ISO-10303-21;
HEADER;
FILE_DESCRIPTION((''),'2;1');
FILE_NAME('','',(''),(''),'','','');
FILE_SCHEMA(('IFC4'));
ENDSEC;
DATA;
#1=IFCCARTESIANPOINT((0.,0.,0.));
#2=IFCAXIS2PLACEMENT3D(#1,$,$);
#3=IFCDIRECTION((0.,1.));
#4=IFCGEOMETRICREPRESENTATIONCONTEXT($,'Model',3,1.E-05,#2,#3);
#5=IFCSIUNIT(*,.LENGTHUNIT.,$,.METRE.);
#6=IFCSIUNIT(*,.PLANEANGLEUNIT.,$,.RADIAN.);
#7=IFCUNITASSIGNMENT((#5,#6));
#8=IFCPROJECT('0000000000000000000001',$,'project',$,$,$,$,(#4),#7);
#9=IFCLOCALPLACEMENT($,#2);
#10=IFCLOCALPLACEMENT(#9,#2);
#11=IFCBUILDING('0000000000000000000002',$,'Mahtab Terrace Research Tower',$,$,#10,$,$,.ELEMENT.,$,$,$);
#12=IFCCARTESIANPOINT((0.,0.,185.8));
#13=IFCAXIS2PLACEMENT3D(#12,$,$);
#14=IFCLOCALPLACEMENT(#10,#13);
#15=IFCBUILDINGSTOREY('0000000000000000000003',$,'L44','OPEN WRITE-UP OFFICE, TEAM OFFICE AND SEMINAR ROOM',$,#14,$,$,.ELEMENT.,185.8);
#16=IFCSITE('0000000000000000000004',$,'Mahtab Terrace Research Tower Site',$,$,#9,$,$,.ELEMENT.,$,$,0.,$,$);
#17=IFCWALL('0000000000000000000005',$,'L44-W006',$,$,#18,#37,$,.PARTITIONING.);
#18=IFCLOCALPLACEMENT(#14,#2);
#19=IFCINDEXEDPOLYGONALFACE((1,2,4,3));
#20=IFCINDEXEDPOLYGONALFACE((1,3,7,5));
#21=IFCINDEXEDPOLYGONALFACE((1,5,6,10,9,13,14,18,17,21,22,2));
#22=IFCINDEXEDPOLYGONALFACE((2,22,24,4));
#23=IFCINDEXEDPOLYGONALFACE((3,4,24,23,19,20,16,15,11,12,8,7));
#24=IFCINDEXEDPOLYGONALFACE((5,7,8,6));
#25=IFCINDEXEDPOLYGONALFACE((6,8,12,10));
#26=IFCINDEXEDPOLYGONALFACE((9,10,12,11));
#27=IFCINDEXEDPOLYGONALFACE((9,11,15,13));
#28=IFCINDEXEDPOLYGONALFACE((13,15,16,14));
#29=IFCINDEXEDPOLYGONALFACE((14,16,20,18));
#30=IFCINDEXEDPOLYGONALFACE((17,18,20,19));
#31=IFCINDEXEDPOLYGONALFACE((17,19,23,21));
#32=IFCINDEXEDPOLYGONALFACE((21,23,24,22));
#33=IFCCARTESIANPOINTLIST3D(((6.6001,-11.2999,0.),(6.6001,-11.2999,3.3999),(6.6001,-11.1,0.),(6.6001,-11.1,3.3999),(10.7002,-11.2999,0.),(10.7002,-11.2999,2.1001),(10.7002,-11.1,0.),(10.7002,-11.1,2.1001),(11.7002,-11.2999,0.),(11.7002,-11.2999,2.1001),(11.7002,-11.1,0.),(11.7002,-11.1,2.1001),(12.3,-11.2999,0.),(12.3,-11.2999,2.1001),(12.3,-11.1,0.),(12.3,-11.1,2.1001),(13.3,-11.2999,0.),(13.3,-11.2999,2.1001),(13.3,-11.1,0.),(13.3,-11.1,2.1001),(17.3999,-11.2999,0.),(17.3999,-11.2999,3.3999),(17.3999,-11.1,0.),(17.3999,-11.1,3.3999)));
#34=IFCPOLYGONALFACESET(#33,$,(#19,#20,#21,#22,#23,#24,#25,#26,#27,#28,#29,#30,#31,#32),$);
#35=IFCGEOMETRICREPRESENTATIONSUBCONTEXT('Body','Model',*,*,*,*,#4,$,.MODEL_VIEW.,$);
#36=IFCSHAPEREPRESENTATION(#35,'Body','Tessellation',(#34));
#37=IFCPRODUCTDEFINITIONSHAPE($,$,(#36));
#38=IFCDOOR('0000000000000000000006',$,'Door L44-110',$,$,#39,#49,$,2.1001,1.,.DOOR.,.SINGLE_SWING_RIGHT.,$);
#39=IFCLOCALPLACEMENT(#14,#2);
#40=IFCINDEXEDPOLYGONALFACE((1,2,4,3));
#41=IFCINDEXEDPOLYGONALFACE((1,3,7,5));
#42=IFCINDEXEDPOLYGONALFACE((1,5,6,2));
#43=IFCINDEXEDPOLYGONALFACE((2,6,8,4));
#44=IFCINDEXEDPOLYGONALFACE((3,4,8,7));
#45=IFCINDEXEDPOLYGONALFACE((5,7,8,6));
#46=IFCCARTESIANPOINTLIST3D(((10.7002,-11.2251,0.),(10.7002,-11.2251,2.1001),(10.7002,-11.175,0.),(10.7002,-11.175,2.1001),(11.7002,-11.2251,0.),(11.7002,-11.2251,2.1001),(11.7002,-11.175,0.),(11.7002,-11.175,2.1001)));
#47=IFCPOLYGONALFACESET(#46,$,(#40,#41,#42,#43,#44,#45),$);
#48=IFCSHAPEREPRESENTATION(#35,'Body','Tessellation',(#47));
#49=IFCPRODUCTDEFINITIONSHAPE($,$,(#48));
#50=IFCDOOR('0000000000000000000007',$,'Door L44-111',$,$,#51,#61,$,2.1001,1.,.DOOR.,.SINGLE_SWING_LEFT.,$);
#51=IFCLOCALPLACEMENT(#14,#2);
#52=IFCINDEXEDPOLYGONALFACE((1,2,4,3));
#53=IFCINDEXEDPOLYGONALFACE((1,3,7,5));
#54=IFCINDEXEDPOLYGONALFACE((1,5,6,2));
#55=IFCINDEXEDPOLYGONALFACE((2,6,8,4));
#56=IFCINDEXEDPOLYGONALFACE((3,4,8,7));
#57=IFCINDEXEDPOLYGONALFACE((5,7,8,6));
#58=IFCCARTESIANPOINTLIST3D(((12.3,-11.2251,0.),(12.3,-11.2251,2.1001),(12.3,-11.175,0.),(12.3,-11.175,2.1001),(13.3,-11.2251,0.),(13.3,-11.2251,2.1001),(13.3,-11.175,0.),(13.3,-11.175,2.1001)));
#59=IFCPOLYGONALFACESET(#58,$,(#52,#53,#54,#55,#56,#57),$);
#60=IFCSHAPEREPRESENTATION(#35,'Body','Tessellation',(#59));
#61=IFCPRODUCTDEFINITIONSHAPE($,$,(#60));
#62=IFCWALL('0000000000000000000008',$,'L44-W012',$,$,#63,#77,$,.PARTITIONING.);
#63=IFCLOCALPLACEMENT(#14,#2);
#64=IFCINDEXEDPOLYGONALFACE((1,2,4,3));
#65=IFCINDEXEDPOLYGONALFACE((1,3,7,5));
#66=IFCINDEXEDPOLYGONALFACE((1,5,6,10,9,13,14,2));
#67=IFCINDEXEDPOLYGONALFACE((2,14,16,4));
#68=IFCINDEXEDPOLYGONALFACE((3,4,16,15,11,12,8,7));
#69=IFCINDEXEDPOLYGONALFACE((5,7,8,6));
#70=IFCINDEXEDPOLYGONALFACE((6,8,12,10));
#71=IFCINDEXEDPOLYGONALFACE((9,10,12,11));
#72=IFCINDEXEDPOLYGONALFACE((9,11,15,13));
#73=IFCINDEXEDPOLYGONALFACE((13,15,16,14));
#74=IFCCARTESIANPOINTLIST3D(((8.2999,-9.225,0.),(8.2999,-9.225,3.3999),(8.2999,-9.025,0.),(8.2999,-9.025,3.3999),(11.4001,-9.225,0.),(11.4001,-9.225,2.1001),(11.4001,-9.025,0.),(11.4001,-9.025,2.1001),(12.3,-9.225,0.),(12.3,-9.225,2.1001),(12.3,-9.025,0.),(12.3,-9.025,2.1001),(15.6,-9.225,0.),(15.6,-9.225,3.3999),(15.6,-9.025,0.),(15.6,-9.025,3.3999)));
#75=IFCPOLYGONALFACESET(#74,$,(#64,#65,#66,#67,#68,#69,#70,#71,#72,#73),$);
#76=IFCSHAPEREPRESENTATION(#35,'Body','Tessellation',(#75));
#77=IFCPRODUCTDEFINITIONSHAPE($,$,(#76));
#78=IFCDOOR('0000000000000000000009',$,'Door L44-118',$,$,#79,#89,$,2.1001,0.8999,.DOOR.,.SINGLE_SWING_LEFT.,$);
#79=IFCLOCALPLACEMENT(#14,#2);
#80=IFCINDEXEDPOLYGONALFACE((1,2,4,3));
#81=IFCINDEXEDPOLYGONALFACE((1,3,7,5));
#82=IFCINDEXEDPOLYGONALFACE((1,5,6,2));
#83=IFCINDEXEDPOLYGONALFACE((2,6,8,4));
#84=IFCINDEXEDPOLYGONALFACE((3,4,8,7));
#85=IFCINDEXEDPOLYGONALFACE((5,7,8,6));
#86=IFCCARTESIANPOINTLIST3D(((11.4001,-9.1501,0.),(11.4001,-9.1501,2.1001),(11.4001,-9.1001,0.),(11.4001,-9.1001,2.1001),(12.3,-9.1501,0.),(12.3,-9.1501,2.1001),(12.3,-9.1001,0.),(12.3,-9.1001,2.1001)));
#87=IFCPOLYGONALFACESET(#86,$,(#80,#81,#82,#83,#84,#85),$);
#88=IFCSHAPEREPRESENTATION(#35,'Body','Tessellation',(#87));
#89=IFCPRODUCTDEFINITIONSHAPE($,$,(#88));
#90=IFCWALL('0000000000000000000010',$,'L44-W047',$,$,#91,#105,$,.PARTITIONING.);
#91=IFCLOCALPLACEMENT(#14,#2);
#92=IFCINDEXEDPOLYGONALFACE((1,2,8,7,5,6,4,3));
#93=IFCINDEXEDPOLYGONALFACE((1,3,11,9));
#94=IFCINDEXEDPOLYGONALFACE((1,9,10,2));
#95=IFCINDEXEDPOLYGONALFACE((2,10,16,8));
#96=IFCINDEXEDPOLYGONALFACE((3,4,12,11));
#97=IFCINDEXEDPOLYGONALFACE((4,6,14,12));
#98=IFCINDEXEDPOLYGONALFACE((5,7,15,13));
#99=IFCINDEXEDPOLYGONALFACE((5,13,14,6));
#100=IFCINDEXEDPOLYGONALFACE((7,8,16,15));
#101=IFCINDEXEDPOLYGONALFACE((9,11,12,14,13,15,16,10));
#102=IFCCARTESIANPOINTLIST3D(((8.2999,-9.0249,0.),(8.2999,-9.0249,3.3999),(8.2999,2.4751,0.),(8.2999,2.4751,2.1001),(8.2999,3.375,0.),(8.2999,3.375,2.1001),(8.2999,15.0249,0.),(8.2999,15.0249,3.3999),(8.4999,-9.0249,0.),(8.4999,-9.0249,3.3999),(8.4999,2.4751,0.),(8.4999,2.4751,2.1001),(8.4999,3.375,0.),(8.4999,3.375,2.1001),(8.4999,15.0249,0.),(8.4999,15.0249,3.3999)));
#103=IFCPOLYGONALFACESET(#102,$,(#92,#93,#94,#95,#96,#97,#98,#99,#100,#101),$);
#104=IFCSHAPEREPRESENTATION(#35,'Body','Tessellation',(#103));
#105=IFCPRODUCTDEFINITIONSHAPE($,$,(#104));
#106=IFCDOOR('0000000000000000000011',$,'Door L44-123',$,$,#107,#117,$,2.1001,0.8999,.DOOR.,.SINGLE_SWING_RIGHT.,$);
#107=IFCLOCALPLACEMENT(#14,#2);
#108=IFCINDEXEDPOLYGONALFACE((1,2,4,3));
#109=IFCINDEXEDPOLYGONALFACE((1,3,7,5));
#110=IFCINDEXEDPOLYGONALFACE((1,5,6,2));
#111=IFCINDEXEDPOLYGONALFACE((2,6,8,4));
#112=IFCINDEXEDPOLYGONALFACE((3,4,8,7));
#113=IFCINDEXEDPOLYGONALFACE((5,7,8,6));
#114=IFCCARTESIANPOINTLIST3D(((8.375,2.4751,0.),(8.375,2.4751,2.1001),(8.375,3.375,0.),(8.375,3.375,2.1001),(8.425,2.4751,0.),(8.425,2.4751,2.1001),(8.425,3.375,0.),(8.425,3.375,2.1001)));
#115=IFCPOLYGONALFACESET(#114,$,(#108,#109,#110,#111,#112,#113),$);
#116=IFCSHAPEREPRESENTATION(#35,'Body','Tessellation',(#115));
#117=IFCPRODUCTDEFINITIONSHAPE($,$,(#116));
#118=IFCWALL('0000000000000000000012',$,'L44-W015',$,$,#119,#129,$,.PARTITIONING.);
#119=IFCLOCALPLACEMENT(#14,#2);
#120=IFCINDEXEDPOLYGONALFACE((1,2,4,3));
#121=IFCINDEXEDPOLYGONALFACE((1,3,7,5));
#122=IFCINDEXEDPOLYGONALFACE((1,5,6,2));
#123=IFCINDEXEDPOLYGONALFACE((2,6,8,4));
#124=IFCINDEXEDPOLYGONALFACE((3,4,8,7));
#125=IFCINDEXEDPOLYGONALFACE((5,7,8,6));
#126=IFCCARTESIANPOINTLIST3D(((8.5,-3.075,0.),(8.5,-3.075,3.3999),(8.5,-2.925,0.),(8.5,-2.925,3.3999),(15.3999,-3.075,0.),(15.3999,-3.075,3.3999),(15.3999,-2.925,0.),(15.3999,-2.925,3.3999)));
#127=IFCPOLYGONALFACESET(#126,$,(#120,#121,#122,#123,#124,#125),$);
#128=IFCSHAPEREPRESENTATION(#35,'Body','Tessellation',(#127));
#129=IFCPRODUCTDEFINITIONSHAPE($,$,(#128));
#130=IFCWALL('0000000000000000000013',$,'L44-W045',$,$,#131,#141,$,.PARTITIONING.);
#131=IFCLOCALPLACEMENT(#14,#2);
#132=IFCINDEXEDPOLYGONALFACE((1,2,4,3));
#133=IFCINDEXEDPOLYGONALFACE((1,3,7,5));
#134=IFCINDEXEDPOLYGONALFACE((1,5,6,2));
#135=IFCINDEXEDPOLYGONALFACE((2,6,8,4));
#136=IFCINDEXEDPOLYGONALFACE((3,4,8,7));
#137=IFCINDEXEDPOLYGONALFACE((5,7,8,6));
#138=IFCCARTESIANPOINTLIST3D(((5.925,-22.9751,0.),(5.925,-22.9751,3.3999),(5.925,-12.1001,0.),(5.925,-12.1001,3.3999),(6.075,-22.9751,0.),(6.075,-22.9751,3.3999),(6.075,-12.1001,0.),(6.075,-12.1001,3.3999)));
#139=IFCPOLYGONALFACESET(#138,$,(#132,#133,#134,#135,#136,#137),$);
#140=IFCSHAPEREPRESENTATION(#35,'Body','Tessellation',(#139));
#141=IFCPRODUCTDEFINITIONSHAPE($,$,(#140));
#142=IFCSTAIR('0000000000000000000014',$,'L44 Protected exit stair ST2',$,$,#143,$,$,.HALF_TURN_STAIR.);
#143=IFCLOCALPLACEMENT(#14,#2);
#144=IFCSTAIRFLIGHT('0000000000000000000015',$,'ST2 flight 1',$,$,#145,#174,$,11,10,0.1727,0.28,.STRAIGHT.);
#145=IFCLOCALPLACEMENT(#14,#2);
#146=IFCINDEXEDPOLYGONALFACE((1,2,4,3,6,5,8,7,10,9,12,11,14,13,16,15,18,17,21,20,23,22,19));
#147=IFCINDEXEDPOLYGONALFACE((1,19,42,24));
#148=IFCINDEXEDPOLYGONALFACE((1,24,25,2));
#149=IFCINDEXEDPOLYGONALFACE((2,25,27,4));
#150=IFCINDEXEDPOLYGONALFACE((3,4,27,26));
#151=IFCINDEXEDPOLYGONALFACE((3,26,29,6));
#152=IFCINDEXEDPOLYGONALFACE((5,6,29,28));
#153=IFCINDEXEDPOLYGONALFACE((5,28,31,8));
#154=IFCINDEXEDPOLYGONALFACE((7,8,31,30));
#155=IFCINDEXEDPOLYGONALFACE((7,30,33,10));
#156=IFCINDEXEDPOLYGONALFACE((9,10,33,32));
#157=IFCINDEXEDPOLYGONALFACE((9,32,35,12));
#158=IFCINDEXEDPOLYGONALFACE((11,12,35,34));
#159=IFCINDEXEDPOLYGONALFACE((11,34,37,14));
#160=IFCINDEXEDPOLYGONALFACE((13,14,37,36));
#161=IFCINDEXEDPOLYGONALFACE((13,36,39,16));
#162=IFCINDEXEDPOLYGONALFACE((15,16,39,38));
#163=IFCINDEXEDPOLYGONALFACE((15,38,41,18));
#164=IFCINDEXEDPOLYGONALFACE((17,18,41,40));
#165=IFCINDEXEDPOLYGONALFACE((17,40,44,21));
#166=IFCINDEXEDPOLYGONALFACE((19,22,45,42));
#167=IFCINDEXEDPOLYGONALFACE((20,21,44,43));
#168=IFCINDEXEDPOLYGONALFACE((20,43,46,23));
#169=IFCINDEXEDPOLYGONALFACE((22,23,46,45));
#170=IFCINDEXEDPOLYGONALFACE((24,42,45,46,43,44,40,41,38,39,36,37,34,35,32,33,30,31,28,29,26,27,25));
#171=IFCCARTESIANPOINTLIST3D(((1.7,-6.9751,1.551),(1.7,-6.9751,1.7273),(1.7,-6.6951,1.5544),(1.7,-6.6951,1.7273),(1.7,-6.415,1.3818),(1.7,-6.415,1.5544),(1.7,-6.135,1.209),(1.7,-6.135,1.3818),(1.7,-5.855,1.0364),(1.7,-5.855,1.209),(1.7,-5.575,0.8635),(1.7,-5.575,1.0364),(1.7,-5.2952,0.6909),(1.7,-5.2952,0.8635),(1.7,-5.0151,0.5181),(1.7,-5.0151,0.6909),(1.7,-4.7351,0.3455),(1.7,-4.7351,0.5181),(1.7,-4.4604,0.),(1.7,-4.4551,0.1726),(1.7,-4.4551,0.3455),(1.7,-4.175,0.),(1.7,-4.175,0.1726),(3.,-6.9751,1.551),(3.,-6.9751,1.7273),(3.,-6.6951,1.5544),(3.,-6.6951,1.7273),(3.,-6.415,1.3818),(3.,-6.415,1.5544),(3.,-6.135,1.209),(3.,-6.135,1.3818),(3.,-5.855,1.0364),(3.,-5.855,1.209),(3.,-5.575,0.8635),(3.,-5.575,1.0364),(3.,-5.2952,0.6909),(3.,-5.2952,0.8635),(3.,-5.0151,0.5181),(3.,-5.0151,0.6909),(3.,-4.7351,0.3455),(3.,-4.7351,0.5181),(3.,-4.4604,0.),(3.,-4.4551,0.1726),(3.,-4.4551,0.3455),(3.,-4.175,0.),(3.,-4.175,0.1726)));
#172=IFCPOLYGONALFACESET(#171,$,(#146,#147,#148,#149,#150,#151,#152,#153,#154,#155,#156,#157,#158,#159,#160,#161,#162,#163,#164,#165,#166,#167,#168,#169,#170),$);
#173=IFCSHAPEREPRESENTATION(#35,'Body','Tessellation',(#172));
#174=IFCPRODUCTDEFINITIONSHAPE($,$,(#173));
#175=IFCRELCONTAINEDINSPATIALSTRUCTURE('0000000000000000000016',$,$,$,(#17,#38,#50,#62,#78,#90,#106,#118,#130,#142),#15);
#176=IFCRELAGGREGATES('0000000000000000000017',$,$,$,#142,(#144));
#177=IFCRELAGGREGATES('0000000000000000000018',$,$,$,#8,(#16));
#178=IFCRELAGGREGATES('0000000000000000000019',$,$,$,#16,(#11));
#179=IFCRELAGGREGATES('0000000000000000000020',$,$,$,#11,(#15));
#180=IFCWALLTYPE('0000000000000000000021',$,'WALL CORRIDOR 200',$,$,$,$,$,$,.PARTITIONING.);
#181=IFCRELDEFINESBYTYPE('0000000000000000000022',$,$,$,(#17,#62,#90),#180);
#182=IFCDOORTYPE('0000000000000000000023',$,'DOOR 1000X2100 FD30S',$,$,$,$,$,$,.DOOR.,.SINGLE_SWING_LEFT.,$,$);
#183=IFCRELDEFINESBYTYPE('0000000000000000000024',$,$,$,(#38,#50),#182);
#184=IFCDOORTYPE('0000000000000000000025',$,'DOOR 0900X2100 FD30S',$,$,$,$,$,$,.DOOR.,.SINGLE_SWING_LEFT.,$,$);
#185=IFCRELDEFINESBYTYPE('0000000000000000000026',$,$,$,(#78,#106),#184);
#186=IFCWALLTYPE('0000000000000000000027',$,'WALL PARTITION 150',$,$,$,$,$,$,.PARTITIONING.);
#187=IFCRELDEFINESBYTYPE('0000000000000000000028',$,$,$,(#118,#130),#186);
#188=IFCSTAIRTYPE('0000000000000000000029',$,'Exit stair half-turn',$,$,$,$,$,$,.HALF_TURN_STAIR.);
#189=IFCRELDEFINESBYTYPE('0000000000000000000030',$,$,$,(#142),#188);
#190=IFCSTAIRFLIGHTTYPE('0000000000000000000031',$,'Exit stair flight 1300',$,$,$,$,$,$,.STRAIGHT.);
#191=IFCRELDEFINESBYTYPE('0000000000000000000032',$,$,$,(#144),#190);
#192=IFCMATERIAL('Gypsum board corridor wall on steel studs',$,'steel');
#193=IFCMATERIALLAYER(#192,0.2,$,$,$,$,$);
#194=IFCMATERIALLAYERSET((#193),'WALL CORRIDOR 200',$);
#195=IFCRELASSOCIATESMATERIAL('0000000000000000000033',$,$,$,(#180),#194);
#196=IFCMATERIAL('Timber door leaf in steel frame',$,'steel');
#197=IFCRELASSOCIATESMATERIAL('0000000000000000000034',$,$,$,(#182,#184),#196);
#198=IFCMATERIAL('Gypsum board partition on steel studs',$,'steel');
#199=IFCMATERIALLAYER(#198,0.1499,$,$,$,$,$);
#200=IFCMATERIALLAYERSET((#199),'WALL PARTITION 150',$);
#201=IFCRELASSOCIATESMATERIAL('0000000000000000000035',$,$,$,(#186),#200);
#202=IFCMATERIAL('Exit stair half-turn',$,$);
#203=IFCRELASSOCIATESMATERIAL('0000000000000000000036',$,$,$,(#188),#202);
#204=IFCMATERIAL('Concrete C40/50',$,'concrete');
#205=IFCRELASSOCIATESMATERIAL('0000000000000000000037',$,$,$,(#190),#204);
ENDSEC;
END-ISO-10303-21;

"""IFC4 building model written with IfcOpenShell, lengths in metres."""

from ifc_helpers import new_model, si_unit, direction, frame, frame_2d, origin, place, context, subcontext, project, spatial, polyline, rectangle, outline, extrude, material, layer, layer_set, type_object, element, fill, aggregate, save


model = new_model("IFC4")

# Units and contexts
model_context = context("Model", 3, precision=1e-05, world=origin(), true_north=direction((0.0, 1.0)))
body_context = subcontext(model_context, "Body", "Model", "MODEL_VIEW")
ifc_project = project(units=[si_unit("LENGTHUNIT", "METRE"), si_unit("PLANEANGLEUNIT", "RADIAN")], contexts=[model_context])

# Site, building, storey
site_placement = place(None, origin())
site = spatial("IfcSite", under=ifc_project, at=site_placement, Name="Mahtab Terrace Research Tower Site", CompositionType="ELEMENT", RefElevation=0.0)
building_placement = place(site_placement, origin())
building = spatial("IfcBuilding", under=site, at=building_placement, Name="Mahtab Terrace Research Tower", CompositionType="ELEMENT")
storey_placement = place(building_placement, frame((0.0, 0.0, 185.8)))
storey = spatial("IfcBuildingStorey", under=building, at=storey_placement, Name="L44", Description="OPEN WRITE-UP OFFICE, TEAM OFFICE AND SEMINAR ROOM", CompositionType="ELEMENT", Elevation=185.8)

# Wall, openings, doors
ifc_material_1 = material(Name="Gypsum board corridor wall on steel studs", Category="steel")
ifc_layer_1 = layer(ifc_material_1, 0.2)
ifc_layer_set_1 = layer_set([ifc_layer_1], Name="WALL CORRIDOR 200")
wall_type_1 = type_object("IfcWallType", Name="WALL CORRIDOR 200", PredefinedType="PARTITIONING", material=ifc_layer_set_1)
wall_1_placement = place(storey_placement, frame((6.6001, -11.2, 0.0), z_axis=(0.0, 0.0, 1.0), x_axis=(1.0, 0.0, 0.0)))
wall_1 = element("IfcWall", 1, at=wall_1_placement, inside=storey, type_object=wall_type_1, Name="L44-W006", PredefinedType="PARTITIONING", context=body_context, shape_type="SweptSolid", body=[
    extrude(rectangle(XDim=10.7998, YDim=0.2, at=frame_2d((5.3999, 0.0))), origin(), (0.0, 0.0, 1.0), 3.3999),
])
opening_1_placement = place(wall_1_placement, frame((4.1001, 0.0, 0.0)))
opening_1 = element("IfcOpeningElement", 2, at=opening_1_placement, cuts=wall_1, PredefinedType="OPENING", context=body_context, shape_type="SweptSolid", body=[
    extrude(rectangle(XDim=1.0, YDim=2.1001, at=frame_2d((0.5, 1.05))), frame((0.0, 0.1099, 0.0), z_axis=(0.0, -1.0, 0.0), x_axis=(1.0, 0.0, 0.0)), (0.0, 0.0, 1.0), 0.22),
])
opening_2_placement = place(wall_1_placement, frame((5.7, 0.0, 0.0)))
opening_2 = element("IfcOpeningElement", 3, at=opening_2_placement, cuts=wall_1, PredefinedType="OPENING", context=body_context, shape_type="SweptSolid", body=[
    extrude(rectangle(XDim=1.0, YDim=2.1001, at=frame_2d((0.5, 1.05))), frame((0.0, 0.1099, 0.0), z_axis=(0.0, -1.0, 0.0), x_axis=(1.0, 0.0, 0.0)), (0.0, 0.0, 1.0), 0.22),
])
ifc_material_2 = material(Name="Timber door leaf in steel frame", Category="steel")
door_type_1 = type_object("IfcDoorType", Name="DOOR 1000X2100 FD30S", OperationType="SINGLE_SWING_LEFT", PredefinedType="DOOR", material=ifc_material_2)
door_1_placement = place(opening_1_placement, origin())
door_1 = element("IfcDoor", 4, at=door_1_placement, inside=storey, type_object=door_type_1, Name="Door L44-110", OperationType="SINGLE_SWING_RIGHT", OverallHeight=2.1001, OverallWidth=1.0, PredefinedType="DOOR", context=body_context, shape_type="SweptSolid", body=[
    extrude(rectangle(XDim=1.0, YDim=2.1001, at=frame_2d((0.5, 1.05))), frame((0.0, 0.0249, 0.0), z_axis=(0.0, -1.0, 0.0), x_axis=(1.0, 0.0, 0.0)), (0.0, 0.0, 1.0), 0.05),
])
fill(opening_1, door_1)
door_2_placement = place(opening_2_placement, origin())
door_2 = element("IfcDoor", 5, at=door_2_placement, inside=storey, type_object=door_type_1, Name="Door L44-111", OperationType="SINGLE_SWING_LEFT", OverallHeight=2.1001, OverallWidth=1.0, PredefinedType="DOOR", context=body_context, shape_type="SweptSolid", body=[
    extrude(rectangle(XDim=1.0, YDim=2.1001, at=frame_2d((0.5, 1.05))), frame((0.0, 0.0249, 0.0), z_axis=(0.0, -1.0, 0.0), x_axis=(1.0, 0.0, 0.0)), (0.0, 0.0, 1.0), 0.05),
])
fill(opening_2, door_2)

# Walls, openings, doors
wall_2_placement = place(storey_placement, frame((8.3, -9.125, 0.0), z_axis=(0.0, 0.0, 1.0), x_axis=(1.0, 0.0, 0.0)))
wall_2 = element("IfcWall", 6, at=wall_2_placement, inside=storey, type_object=wall_type_1, Name="L44-W012", PredefinedType="PARTITIONING", context=body_context, shape_type="SweptSolid", body=[
    extrude(rectangle(XDim=7.3, YDim=0.2, at=frame_2d((3.6499, 0.0))), origin(), (0.0, 0.0, 1.0), 3.3999),
])
opening_3_placement = place(wall_2_placement, frame((3.1001, 0.0, 0.0)))
opening_3 = element("IfcOpeningElement", 7, at=opening_3_placement, cuts=wall_2, PredefinedType="OPENING", context=body_context, shape_type="SweptSolid", body=[
    extrude(rectangle(XDim=0.8999, YDim=2.1001, at=frame_2d((0.45, 1.05))), frame((0.0, 0.1099, 0.0), z_axis=(0.0, -1.0, 0.0), x_axis=(1.0, 0.0, 0.0)), (0.0, 0.0, 1.0), 0.22),
])
door_type_2 = type_object("IfcDoorType", Name="DOOR 0900X2100 FD30S", OperationType="SINGLE_SWING_LEFT", PredefinedType="DOOR", material=ifc_material_2)
door_3_placement = place(opening_3_placement, origin())
door_3 = element("IfcDoor", 8, at=door_3_placement, inside=storey, type_object=door_type_2, Name="Door L44-118", OperationType="SINGLE_SWING_LEFT", OverallHeight=2.1001, OverallWidth=0.8999, PredefinedType="DOOR", context=body_context, shape_type="SweptSolid", body=[
    extrude(rectangle(XDim=0.8999, YDim=2.1001, at=frame_2d((0.45, 1.05))), frame((0.0, 0.0249, 0.0), z_axis=(0.0, -1.0, 0.0), x_axis=(1.0, 0.0, 0.0)), (0.0, 0.0, 1.0), 0.05),
])
fill(opening_3, door_3)
wall_3_placement = place(storey_placement, frame((8.3999, -9.0249, 0.0), z_axis=(0.0, 0.0, 1.0), x_axis=(0.0, 1.0, 0.0)))
wall_3 = element("IfcWall", 9, at=wall_3_placement, inside=storey, type_object=wall_type_1, Name="L44-W047", PredefinedType="PARTITIONING", context=body_context, shape_type="SweptSolid", body=[
    extrude(rectangle(XDim=24.0498, YDim=0.2, at=frame_2d((12.0249, 0.0))), origin(), (0.0, 0.0, 1.0), 3.3999),
])
opening_4_placement = place(wall_3_placement, frame((11.5, 0.0, 0.0)))
opening_4 = element("IfcOpeningElement", 10, at=opening_4_placement, cuts=wall_3, PredefinedType="OPENING", context=body_context, shape_type="SweptSolid", body=[
    extrude(rectangle(XDim=0.8999, YDim=2.1001, at=frame_2d((0.45, 1.05))), frame((0.0, 0.1099, 0.0), z_axis=(0.0, -1.0, 0.0), x_axis=(1.0, 0.0, 0.0)), (0.0, 0.0, 1.0), 0.22),
])
door_4_placement = place(opening_4_placement, origin())
door_4 = element("IfcDoor", 11, at=door_4_placement, inside=storey, type_object=door_type_2, Name="Door L44-123", OperationType="SINGLE_SWING_RIGHT", OverallHeight=2.1001, OverallWidth=0.8999, PredefinedType="DOOR", context=body_context, shape_type="SweptSolid", body=[
    extrude(rectangle(XDim=0.8999, YDim=2.1001, at=frame_2d((0.45, 1.05))), frame((0.0, 0.0249, 0.0), z_axis=(0.0, -1.0, 0.0), x_axis=(1.0, 0.0, 0.0)), (0.0, 0.0, 1.0), 0.05),
])
fill(opening_4, door_4)

# Walls
ifc_material_3 = material(Name="Gypsum board partition on steel studs", Category="steel")
ifc_layer_2 = layer(ifc_material_3, 0.1499)
ifc_layer_set_2 = layer_set([ifc_layer_2], Name="WALL PARTITION 150")
wall_type_2 = type_object("IfcWallType", Name="WALL PARTITION 150", PredefinedType="PARTITIONING", material=ifc_layer_set_2)
wall_4_placement = place(storey_placement, frame((8.5, -3.0, 0.0), z_axis=(0.0, 0.0, 1.0), x_axis=(1.0, 0.0, 0.0)))
element("IfcWall", 12, at=wall_4_placement, inside=storey, type_object=wall_type_2, Name="L44-W015", PredefinedType="PARTITIONING", context=body_context, shape_type="SweptSolid", body=[
    extrude(rectangle(XDim=6.8999, YDim=0.1499, at=frame_2d((3.45, 0.0))), origin(), (0.0, 0.0, 1.0), 3.3999),
])
wall_5_placement = place(storey_placement, frame((6.0, -22.9751, 0.0), z_axis=(0.0, 0.0, 1.0), x_axis=(0.0, 1.0, 0.0)))
element("IfcWall", 13, at=wall_5_placement, inside=storey, type_object=wall_type_2, Name="L44-W045", PredefinedType="PARTITIONING", context=body_context, shape_type="SweptSolid", body=[
    extrude(rectangle(XDim=10.875, YDim=0.1499, at=frame_2d((5.4375, 0.0))), origin(), (0.0, 0.0, 1.0), 3.3999),
])

# Stair, stair flight
ifc_material_4 = material(Name="Exit stair half-turn")
stair_type = type_object("IfcStairType", Name="Exit stair half-turn", PredefinedType="HALF_TURN_STAIR", material=ifc_material_4)
stair_placement = place(storey_placement, origin())
stair = element("IfcStair", 14, at=stair_placement, inside=storey, type_object=stair_type, Name="L44 Protected exit stair ST2", PredefinedType="HALF_TURN_STAIR")
ifc_material_5 = material(Name="Concrete C40/50", Category="concrete")
stair_flight_type = type_object("IfcStairFlightType", Name="Exit stair flight 1300", PredefinedType="STRAIGHT", material=ifc_material_5)
stair_flight_1_placement = place(storey_placement, frame((2.3501, -4.175, 0.0), z_axis=(0.0, 0.0, 1.0), x_axis=(0.0, -1.0, 0.0)))
stair_flight_1 = element("IfcStairFlight", 15, at=stair_flight_1_placement, type_object=stair_flight_type, Name="ST2 flight 1", NumberOfRisers=11, NumberOfTreads=10, PredefinedType="STRAIGHT", RiserHeight=0.1727, TreadLength=0.28, context=body_context, shape_type="SweptSolid", body=[
    extrude(outline(polyline([(0.0, 0.0), (0.0, 0.1726), (0.28, 0.1726), (0.28, 0.3455), (0.5601, 0.3455), (0.5601, 0.5181), (0.8401, 0.5181), (0.8401, 0.6909), (1.1201, 0.6909), (1.1201, 0.8635), (1.3999, 0.8635), (1.3999, 1.0364), (1.6799, 1.0364), (1.6799, 1.209), (1.96, 1.209), (1.96, 1.3818), (2.24, 1.3818), (2.24, 1.5544), (2.52, 1.5544), (2.52, 1.7273), (2.8, 1.7273), (2.8, 1.8999), (2.8, 1.551), (0.2854, 0.0), (0.0, 0.0)])), frame((0.0, 0.6499, 0.0), z_axis=(0.0, -1.0, 0.0), x_axis=(1.0, 0.0, 0.0)), (0.0, 0.0, 1.0), 1.3),
])
aggregate(stair, [stair_flight_1])

save(model, "model.ifc")
